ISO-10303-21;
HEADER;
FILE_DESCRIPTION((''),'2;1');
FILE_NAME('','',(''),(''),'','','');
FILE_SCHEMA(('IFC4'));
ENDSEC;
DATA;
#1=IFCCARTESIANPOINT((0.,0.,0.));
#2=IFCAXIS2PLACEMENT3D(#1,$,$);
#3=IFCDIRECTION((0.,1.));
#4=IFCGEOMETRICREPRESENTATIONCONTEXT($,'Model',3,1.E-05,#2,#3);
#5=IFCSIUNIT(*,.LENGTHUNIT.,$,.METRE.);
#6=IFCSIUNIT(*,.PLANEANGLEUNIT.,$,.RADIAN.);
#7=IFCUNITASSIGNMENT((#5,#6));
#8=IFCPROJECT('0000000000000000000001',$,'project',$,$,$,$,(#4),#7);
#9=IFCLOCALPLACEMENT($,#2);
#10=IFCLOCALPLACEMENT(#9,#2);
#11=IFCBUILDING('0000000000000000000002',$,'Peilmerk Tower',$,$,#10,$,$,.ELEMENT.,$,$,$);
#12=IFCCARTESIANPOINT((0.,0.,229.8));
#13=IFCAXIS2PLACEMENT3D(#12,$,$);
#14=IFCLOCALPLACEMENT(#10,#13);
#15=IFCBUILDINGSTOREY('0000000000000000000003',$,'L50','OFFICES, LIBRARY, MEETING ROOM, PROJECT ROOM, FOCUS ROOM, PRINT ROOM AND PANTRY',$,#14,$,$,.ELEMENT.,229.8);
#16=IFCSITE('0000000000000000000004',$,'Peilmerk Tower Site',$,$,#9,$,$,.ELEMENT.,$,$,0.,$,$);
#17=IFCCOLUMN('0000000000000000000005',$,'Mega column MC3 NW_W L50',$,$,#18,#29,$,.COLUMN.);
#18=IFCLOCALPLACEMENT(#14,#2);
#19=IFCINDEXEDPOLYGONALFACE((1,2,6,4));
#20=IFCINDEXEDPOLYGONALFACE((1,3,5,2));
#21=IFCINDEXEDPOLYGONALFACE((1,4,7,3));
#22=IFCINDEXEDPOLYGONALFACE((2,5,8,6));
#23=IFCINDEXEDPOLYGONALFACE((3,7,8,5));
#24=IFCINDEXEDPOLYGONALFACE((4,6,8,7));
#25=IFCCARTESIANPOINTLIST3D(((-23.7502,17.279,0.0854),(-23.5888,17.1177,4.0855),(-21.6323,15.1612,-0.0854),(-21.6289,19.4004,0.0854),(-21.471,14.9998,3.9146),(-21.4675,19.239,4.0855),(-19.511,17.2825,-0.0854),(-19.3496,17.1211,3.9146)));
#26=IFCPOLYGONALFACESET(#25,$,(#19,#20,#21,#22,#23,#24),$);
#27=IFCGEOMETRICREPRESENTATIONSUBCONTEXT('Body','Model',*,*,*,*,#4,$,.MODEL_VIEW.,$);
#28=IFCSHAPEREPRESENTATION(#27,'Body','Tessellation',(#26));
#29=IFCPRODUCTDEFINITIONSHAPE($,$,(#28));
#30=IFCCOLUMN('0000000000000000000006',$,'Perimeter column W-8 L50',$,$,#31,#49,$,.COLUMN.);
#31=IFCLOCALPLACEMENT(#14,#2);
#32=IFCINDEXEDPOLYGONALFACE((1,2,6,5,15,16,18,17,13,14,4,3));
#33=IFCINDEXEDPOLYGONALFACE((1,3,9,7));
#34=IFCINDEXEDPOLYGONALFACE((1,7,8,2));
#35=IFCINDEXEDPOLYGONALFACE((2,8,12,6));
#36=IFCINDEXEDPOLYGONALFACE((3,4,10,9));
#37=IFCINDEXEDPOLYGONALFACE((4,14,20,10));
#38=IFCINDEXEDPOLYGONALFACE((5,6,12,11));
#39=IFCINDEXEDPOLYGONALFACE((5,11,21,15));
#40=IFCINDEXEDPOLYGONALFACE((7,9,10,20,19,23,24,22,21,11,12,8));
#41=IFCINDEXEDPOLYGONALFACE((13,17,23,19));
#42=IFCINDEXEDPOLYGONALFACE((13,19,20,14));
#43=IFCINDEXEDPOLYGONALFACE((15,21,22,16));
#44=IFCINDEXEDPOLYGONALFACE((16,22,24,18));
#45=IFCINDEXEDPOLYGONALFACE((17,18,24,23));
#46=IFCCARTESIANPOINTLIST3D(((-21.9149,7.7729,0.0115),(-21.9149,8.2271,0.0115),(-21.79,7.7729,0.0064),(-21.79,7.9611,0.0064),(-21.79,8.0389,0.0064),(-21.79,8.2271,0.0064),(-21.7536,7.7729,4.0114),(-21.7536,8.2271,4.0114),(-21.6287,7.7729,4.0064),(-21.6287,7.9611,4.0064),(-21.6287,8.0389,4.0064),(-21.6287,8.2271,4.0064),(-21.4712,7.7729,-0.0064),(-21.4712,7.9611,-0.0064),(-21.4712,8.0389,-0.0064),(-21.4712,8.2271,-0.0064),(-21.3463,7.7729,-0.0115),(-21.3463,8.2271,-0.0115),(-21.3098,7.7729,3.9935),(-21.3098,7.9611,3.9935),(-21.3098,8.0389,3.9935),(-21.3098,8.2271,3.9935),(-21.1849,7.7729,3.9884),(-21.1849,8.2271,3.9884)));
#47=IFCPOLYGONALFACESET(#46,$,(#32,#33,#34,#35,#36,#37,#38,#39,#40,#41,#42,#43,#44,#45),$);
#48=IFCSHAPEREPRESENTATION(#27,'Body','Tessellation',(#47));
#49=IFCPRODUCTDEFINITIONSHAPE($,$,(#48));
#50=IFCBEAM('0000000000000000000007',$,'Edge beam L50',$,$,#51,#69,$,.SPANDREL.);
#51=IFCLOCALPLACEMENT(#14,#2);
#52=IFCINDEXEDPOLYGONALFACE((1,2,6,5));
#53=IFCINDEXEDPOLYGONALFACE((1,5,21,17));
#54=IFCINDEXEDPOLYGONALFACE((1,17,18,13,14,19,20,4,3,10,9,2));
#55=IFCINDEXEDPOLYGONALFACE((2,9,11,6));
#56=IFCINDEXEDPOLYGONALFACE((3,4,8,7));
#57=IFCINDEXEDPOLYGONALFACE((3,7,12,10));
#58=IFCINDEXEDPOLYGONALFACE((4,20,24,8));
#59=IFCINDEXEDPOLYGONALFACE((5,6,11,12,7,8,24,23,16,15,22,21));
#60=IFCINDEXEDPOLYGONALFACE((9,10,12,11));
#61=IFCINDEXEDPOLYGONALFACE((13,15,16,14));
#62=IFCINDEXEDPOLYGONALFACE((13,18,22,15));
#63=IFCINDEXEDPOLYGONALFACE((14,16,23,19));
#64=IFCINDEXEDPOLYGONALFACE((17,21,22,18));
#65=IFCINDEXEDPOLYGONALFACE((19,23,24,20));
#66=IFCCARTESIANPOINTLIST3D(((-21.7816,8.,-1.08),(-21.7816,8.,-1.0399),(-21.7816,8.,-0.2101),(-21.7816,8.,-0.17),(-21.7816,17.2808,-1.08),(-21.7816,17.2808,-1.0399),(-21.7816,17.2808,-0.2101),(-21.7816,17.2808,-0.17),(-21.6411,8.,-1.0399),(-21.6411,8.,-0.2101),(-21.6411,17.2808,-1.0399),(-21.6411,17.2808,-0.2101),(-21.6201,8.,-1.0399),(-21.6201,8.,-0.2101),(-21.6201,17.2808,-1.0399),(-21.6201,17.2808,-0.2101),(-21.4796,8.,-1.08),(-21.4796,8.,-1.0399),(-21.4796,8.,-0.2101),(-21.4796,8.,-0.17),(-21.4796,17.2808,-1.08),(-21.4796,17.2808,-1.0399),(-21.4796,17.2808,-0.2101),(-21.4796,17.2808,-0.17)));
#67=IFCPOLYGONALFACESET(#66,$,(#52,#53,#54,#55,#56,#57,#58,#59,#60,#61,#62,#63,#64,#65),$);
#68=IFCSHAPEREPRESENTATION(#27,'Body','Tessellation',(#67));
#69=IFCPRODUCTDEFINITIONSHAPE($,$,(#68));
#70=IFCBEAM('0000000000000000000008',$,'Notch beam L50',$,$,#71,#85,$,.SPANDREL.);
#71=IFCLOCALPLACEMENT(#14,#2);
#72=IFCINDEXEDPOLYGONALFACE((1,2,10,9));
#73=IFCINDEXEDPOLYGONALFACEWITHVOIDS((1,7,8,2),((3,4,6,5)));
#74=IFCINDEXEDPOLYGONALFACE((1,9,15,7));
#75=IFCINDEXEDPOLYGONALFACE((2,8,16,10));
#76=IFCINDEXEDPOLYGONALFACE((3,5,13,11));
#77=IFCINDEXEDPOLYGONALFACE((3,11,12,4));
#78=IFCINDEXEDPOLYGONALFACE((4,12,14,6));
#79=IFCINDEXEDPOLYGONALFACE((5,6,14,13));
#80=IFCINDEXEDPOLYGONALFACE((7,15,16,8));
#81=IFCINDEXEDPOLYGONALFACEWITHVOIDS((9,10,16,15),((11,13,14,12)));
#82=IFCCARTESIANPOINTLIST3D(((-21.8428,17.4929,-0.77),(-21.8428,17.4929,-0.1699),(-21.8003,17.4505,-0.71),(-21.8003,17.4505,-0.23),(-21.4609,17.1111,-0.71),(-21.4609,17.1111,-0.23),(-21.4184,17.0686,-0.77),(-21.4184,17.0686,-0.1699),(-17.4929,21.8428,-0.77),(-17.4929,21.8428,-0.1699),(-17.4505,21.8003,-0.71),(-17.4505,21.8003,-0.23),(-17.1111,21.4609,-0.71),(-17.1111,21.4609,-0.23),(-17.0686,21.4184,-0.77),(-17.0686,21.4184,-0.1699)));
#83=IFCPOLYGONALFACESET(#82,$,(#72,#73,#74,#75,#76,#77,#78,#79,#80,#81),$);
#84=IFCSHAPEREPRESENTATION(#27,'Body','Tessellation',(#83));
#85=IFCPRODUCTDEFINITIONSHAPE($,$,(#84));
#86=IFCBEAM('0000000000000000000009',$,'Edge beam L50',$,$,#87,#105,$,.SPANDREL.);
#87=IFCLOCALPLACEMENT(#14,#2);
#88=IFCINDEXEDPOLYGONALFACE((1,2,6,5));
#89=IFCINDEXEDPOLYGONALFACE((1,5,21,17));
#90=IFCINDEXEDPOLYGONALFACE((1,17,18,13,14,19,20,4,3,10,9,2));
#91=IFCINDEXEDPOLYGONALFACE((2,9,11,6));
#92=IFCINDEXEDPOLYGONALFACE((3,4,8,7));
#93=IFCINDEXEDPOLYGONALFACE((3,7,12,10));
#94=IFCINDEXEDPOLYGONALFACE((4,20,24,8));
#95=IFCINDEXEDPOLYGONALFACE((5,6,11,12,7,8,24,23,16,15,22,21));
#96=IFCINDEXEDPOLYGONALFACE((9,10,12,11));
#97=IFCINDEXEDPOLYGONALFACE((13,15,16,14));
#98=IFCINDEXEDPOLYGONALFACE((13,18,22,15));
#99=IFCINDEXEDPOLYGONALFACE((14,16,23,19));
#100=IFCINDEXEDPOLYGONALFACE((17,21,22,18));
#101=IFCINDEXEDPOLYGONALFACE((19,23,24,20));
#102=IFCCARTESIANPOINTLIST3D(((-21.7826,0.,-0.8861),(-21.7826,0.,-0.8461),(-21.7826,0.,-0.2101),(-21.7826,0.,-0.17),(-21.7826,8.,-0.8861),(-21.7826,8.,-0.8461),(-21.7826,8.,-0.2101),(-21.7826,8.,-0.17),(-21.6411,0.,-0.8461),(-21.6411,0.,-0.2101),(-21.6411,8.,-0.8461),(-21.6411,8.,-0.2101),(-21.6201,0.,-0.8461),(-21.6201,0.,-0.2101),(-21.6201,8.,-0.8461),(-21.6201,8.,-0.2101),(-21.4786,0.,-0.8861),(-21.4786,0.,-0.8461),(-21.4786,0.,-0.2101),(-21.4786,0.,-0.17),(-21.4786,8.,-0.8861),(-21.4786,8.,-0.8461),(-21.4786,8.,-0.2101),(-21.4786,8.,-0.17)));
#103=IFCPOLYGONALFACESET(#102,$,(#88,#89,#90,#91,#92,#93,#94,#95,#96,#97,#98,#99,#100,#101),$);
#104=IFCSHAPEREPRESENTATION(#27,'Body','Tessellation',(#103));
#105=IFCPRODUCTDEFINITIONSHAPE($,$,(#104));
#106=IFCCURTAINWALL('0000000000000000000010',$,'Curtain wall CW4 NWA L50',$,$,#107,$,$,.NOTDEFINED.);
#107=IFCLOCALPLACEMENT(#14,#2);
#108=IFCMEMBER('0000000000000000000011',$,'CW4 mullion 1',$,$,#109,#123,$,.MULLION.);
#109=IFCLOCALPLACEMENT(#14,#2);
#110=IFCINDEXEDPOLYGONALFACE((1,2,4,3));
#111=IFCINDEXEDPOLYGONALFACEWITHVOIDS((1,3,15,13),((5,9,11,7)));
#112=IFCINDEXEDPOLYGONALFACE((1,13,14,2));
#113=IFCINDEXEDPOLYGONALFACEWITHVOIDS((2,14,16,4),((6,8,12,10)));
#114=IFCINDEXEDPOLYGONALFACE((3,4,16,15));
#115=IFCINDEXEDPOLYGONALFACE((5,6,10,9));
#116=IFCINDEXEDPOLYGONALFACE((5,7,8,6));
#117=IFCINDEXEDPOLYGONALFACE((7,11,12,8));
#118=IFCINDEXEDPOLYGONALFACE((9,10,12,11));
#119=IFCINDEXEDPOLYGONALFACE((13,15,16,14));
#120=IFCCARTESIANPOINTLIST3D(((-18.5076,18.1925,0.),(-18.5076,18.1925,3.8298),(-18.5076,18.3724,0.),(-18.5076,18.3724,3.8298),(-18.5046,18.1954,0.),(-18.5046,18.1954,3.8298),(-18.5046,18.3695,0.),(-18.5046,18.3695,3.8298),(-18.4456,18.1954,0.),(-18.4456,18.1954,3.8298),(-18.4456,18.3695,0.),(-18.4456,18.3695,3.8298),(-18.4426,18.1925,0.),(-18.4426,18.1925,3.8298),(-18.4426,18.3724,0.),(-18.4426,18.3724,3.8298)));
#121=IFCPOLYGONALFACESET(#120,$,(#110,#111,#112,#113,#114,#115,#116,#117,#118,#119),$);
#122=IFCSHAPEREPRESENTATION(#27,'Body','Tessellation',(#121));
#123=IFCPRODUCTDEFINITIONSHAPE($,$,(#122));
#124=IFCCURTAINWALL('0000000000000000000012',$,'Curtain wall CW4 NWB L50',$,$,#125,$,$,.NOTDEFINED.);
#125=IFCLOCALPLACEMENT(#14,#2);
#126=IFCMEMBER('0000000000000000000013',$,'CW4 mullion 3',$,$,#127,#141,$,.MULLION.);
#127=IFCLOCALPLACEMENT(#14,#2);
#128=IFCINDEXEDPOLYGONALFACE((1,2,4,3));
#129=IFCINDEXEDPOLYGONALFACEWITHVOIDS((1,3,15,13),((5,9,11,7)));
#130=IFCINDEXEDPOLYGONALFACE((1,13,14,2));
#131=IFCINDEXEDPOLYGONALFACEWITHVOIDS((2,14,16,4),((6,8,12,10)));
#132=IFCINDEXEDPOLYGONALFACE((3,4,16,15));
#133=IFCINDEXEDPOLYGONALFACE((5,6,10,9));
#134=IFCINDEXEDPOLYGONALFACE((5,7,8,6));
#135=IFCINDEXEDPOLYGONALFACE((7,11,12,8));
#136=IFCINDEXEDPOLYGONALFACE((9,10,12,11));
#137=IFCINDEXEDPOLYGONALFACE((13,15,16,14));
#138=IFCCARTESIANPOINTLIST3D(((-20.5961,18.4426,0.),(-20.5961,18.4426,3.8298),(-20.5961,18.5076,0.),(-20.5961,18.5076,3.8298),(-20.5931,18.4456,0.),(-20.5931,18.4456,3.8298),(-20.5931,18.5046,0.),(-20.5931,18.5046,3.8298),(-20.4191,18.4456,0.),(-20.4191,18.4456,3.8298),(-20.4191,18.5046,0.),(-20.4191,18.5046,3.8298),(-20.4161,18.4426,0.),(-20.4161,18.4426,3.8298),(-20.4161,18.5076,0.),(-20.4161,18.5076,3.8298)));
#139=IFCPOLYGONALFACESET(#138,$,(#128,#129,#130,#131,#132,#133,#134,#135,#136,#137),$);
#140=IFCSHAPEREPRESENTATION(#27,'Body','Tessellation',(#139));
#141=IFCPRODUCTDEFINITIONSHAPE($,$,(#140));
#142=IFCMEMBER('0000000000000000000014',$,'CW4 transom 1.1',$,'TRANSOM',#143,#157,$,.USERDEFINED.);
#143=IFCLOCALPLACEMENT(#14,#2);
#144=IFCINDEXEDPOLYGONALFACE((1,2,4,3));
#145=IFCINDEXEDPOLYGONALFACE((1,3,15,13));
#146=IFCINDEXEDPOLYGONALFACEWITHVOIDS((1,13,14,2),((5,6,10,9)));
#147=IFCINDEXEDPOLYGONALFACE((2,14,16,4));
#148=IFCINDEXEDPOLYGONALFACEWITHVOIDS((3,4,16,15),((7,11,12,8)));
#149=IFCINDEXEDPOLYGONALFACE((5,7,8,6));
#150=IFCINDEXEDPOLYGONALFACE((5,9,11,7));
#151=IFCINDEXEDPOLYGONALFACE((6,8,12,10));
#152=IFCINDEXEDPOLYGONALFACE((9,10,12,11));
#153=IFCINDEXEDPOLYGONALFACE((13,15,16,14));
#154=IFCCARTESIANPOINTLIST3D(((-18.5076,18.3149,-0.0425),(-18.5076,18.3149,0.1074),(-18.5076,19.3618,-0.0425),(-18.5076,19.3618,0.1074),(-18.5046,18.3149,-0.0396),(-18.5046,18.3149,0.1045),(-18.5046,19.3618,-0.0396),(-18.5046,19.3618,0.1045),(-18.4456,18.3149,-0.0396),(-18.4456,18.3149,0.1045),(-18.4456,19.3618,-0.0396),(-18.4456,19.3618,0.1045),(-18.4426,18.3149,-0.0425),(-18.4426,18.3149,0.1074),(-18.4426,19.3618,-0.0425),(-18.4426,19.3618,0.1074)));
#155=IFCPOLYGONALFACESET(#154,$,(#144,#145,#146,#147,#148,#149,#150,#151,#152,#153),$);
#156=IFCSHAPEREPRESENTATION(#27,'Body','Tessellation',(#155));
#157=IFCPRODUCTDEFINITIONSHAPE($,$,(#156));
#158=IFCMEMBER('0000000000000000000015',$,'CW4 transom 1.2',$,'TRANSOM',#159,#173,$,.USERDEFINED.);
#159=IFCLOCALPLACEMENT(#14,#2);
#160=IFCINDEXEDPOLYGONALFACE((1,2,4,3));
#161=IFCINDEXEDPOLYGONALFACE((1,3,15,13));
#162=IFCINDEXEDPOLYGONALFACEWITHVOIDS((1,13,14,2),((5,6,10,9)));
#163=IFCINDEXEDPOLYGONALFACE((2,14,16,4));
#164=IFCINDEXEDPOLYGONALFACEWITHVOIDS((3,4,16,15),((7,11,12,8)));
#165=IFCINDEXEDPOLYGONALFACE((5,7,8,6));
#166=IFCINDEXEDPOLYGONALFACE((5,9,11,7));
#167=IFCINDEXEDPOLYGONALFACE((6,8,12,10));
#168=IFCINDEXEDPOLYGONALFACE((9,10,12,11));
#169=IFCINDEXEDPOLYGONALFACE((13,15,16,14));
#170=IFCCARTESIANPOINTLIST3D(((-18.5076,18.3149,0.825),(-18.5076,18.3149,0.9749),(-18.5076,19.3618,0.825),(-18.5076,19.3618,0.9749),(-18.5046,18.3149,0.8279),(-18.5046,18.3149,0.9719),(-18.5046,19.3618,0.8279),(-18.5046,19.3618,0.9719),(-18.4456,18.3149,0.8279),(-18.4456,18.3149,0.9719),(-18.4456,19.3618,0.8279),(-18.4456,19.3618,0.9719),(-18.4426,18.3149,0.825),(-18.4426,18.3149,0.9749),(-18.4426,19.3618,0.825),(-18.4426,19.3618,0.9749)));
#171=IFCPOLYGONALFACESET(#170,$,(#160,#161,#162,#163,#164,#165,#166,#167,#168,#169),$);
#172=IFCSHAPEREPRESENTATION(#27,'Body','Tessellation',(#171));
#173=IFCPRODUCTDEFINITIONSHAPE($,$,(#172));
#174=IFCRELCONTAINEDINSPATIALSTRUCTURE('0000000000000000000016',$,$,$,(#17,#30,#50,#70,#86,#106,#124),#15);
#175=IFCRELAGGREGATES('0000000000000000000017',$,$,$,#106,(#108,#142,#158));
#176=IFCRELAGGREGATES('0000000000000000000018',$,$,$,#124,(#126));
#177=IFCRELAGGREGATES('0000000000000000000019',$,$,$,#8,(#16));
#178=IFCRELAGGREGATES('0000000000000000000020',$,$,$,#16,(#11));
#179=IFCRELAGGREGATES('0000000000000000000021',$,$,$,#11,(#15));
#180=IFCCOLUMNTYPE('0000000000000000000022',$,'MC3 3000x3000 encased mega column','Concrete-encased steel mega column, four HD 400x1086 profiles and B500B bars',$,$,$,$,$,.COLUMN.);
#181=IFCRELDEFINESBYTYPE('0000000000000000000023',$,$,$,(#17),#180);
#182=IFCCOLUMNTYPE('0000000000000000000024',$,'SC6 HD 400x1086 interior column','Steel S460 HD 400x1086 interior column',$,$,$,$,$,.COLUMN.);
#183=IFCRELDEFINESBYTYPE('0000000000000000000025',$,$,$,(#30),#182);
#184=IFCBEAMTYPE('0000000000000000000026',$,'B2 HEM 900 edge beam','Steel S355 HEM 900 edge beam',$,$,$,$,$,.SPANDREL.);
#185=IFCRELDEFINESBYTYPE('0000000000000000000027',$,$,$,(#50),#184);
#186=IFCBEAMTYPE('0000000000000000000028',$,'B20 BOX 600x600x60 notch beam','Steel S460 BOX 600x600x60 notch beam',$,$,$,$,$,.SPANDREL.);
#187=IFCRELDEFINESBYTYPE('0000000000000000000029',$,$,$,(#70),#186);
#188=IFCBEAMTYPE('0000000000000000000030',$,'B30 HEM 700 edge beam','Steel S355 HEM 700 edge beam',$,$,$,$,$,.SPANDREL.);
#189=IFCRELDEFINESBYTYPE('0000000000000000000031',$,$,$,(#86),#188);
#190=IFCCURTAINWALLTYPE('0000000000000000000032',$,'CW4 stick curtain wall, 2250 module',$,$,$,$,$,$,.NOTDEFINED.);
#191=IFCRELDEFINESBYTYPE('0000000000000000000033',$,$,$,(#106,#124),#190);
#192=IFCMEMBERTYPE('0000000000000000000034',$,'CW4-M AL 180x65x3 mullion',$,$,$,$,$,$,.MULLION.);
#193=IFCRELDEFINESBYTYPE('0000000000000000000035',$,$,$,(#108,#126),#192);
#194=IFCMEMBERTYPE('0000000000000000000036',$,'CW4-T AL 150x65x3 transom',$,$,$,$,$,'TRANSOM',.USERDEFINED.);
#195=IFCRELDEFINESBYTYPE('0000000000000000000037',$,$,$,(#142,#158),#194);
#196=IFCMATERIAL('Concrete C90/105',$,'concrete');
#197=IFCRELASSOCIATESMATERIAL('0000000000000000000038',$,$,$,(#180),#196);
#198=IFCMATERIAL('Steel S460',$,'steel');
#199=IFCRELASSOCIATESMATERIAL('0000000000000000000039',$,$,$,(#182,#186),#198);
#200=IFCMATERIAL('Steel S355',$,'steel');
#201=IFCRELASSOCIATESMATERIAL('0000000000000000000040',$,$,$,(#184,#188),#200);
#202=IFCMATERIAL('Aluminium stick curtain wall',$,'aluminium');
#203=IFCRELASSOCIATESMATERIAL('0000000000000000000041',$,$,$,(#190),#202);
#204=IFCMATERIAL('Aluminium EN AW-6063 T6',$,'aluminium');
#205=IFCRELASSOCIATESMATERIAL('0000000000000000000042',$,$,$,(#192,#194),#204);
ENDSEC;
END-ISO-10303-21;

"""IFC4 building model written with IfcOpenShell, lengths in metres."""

from ifc_helpers import new_model, si_unit, direction, frame, origin, origin_2d, place, context, subcontext, project, spatial, rectangle, hollow_rectangle, i_section, extrude, material, material_profile, profile_set, type_object, element, aggregate, save


model = new_model("IFC4")

# Units and contexts
model_context = context("Model", 3, precision=1e-05, world=origin(), true_north=direction((0.0, 1.0)))
body_context = subcontext(model_context, "Body", "Model", "MODEL_VIEW")
ifc_project = project(units=[si_unit("LENGTHUNIT", "METRE"), si_unit("PLANEANGLEUNIT", "RADIAN")], contexts=[model_context])

# Site, building, storey
site_placement = place(None, origin())
site = spatial("IfcSite", under=ifc_project, at=site_placement, Name="Peilmerk Tower Site", CompositionType="ELEMENT", RefElevation=0.0)
building_placement = place(site_placement, origin())
building = spatial("IfcBuilding", under=site, at=building_placement, Name="Peilmerk Tower", CompositionType="ELEMENT")
storey_placement = place(building_placement, frame((0.0, 0.0, 229.8)))
storey = spatial("IfcBuildingStorey", under=building, at=storey_placement, Name="L50", Description="OFFICES, LIBRARY, MEETING ROOM, PROJECT ROOM, FOCUS ROOM, PRINT ROOM AND PANTRY", CompositionType="ELEMENT", Elevation=229.8)

# Columns
ifc_material_1 = material(Name="Concrete C90/105", Category="concrete")
ifc_material_profile_1 = material_profile(ifc_material_1, rectangle(XDim=3.0, YDim=3.0, at=origin_2d()), Name="RC 3000x3000")
ifc_profile_set_1 = profile_set([ifc_material_profile_1], Name="Concrete C90/105")
column_type_1 = type_object("IfcColumnType", Name="MC3 3000x3000 encased mega column", Description="Concrete-encased steel mega column, four HD 400x1086 profiles and B500B bars", PredefinedType="COLUMN", material=ifc_profile_set_1)
column_1_placement = place(storey_placement, frame((-21.6306, 17.2808, 0.0), z_axis=(0.040279, -0.040279, 0.998376), x_axis=(0.707107, 0.707107, 0.0)))
element("IfcColumn", 1, at=column_1_placement, inside=storey, type_object=column_type_1, Name="Mega column MC3 NW_W L50", PredefinedType="COLUMN", context=body_context, shape_type="SweptSolid", body=[
    extrude(rectangle(XDim=3.0, YDim=3.0, at=origin_2d()), origin(), (0.0, 0.0, 1.0), 4.0066),
])
ifc_material_2 = material(Name="Steel S460", Category="steel")
ifc_material_profile_2 = material_profile(ifc_material_2, i_section(OverallWidth=0.4541, OverallDepth=0.5691, WebThickness=0.0779, FlangeThickness=0.125, at=origin_2d()), Name="HD 400x1086")
ifc_profile_set_2 = profile_set([ifc_material_profile_2], Name="Steel S460")
column_type_2 = type_object("IfcColumnType", Name="SC6 HD 400x1086 interior column", Description="Steel S460 HD 400x1086 interior column", PredefinedType="COLUMN", material=ifc_profile_set_2)
column_2_placement = place(storey_placement, frame((-21.6306, 8.0, 0.0), z_axis=(0.040311, 0.0, 0.999187), x_axis=(0.0, 1.0, 0.0)))
element("IfcColumn", 2, at=column_2_placement, inside=storey, type_object=column_type_2, Name="Perimeter column W-8 L50", PredefinedType="COLUMN", context=body_context, shape_type="SweptSolid", body=[
    extrude(i_section(OverallWidth=0.4541, OverallDepth=0.5691, WebThickness=0.0779, FlangeThickness=0.125, at=origin_2d()), origin(), (0.0, 0.0, 1.0), 4.0032),
])

# Beams
ifc_material_3 = material(Name="Steel S355", Category="steel")
ifc_material_profile_3 = material_profile(ifc_material_3, i_section(OverallWidth=0.302, OverallDepth=0.9099, WebThickness=0.021, FlangeThickness=0.04, at=origin_2d()), Name="HEM 900")
ifc_profile_set_3 = profile_set([ifc_material_profile_3], Name="Steel S355")
beam_type_1 = type_object("IfcBeamType", Name="B2 HEM 900 edge beam", Description="Steel S355 HEM 900 edge beam", PredefinedType="SPANDREL", material=ifc_profile_set_3)
beam_1_placement = place(storey_placement, frame((-21.6306, 17.2808, -0.625), z_axis=(0.0, -1.0, 0.0), x_axis=(1.0, 0.0, 0.0)))
element("IfcBeam", 3, at=beam_1_placement, inside=storey, type_object=beam_type_1, Name="Edge beam L50", PredefinedType="SPANDREL", context=body_context, shape_type="SweptSolid", body=[
    extrude(i_section(OverallWidth=0.302, OverallDepth=0.9099, WebThickness=0.021, FlangeThickness=0.04, at=origin_2d()), origin(), (0.0, 0.0, 1.0), 9.2808),
])
ifc_material_profile_4 = material_profile(ifc_material_2, hollow_rectangle(XDim=0.6001, YDim=0.6001, WallThickness=0.0601, at=origin_2d()), Name="BOX 600x600x60")
ifc_profile_set_4 = profile_set([ifc_material_profile_4], Name="Steel S460")
beam_type_2 = type_object("IfcBeamType", Name="B20 BOX 600x600x60 notch beam", Description="Steel S460 BOX 600x600x60 notch beam", PredefinedType="SPANDREL", material=ifc_profile_set_4)
beam_2_placement = place(storey_placement, frame((-21.6306, 17.2808, -0.47), z_axis=(0.707107, 0.707107, 0.0), x_axis=(-0.707107, 0.707107, 0.0)))
element("IfcBeam", 4, at=beam_2_placement, inside=storey, type_object=beam_type_2, Name="Notch beam L50", PredefinedType="SPANDREL", context=body_context, shape_type="SweptSolid", body=[
    extrude(hollow_rectangle(XDim=0.6001, YDim=0.6001, WallThickness=0.0601, at=origin_2d()), origin(), (0.0, 0.0, 1.0), 6.1516),
])
ifc_material_profile_5 = material_profile(ifc_material_3, i_section(OverallWidth=0.304, OverallDepth=0.7161, WebThickness=0.021, FlangeThickness=0.04, at=origin_2d()), Name="HEM 700")
ifc_profile_set_5 = profile_set([ifc_material_profile_5], Name="Steel S355")
beam_type_3 = type_object("IfcBeamType", Name="B30 HEM 700 edge beam", Description="Steel S355 HEM 700 edge beam", PredefinedType="SPANDREL", material=ifc_profile_set_5)
beam_3_placement = place(storey_placement, frame((-21.6306, 8.0, -0.5281), z_axis=(0.0, -1.0, 0.0), x_axis=(1.0, 0.0, 0.0)))
element("IfcBeam", 5, at=beam_3_placement, inside=storey, type_object=beam_type_3, Name="Edge beam L50", PredefinedType="SPANDREL", context=body_context, shape_type="SweptSolid", body=[
    extrude(i_section(OverallWidth=0.304, OverallDepth=0.7161, WebThickness=0.021, FlangeThickness=0.04, at=origin_2d()), origin(), (0.0, 0.0, 1.0), 8.0),
])

# Curtain walls, members
ifc_material_4 = material(Name="Aluminium stick curtain wall", Category="aluminium")
curtain_wall_type = type_object("IfcCurtainWallType", Name="CW4 stick curtain wall, 2250 module", PredefinedType="NOTDEFINED", material=ifc_material_4)
curtain_wall_1_placement = place(storey_placement, origin())
curtain_wall_1 = element("IfcCurtainWall", 6, at=curtain_wall_1_placement, inside=storey, type_object=curtain_wall_type, Name="Curtain wall CW4 NWA L50", PredefinedType="NOTDEFINED")
ifc_material_5 = material(Name="Aluminium EN AW-6063 T6", Category="aluminium")
ifc_material_profile_6 = material_profile(ifc_material_5, hollow_rectangle(XDim=0.0649, YDim=0.1799, WallThickness=0.0029, at=origin_2d()), Name="AL 180x65x3")
ifc_profile_set_6 = profile_set([ifc_material_profile_6], Name="Aluminium EN AW-6063 T6")
member_type_1 = type_object("IfcMemberType", Name="CW4-M AL 180x65x3 mullion", PredefinedType="MULLION", material=ifc_profile_set_6)
member_1_placement = place(storey_placement, frame((-18.4751, 18.2825, 0.0), z_axis=(0.0, 0.0, 1.0), x_axis=(-1.0, 0.0, 0.0)))
member_1 = element("IfcMember", 7, at=member_1_placement, type_object=member_type_1, Name="CW4 mullion 1", PredefinedType="MULLION", context=body_context, shape_type="SweptSolid", body=[
    extrude(hollow_rectangle(XDim=0.0649, YDim=0.1799, WallThickness=0.0029, at=origin_2d()), origin(), (0.0, 0.0, 1.0), 3.8298),
])
curtain_wall_2_placement = place(storey_placement, origin())
curtain_wall_2 = element("IfcCurtainWall", 8, at=curtain_wall_2_placement, inside=storey, type_object=curtain_wall_type, Name="Curtain wall CW4 NWB L50", PredefinedType="NOTDEFINED")
member_2_placement = place(storey_placement, frame((-20.5061, 18.4751, 0.0), z_axis=(0.0, 0.0, 1.0), x_axis=(0.0, -1.0, 0.0)))
member_2 = element("IfcMember", 9, at=member_2_placement, type_object=member_type_1, Name="CW4 mullion 3", PredefinedType="MULLION", context=body_context, shape_type="SweptSolid", body=[
    extrude(hollow_rectangle(XDim=0.0649, YDim=0.1799, WallThickness=0.0029, at=origin_2d()), origin(), (0.0, 0.0, 1.0), 3.8298),
])

# Members
ifc_material_profile_7 = material_profile(ifc_material_5, hollow_rectangle(XDim=0.0649, YDim=0.1499, WallThickness=0.0029, at=origin_2d()), Name="AL 150x65x3")
ifc_profile_set_7 = profile_set([ifc_material_profile_7], Name="Aluminium EN AW-6063 T6")
member_type_2 = type_object("IfcMemberType", Name="CW4-T AL 150x65x3 transom", ElementType="TRANSOM", PredefinedType="USERDEFINED", material=ifc_profile_set_7)
member_3_placement = place(storey_placement, frame((-18.4751, 18.3149, 0.0325), z_axis=(0.0, 1.0, 0.0), x_axis=(-1.0, 0.0, 0.0)))
member_3 = element("IfcMember", 10, at=member_3_placement, type_object=member_type_2, Name="CW4 transom 1.1", ObjectType="TRANSOM", PredefinedType="USERDEFINED", context=body_context, shape_type="SweptSolid", body=[
    extrude(hollow_rectangle(XDim=0.0649, YDim=0.1499, WallThickness=0.0029, at=origin_2d()), origin(), (0.0, 0.0, 1.0), 1.0469),
])
member_4_placement = place(storey_placement, frame((-18.4751, 18.3149, 0.8999), z_axis=(0.0, 1.0, 0.0), x_axis=(-1.0, 0.0, 0.0)))
member_4 = element("IfcMember", 11, at=member_4_placement, type_object=member_type_2, Name="CW4 transom 1.2", ObjectType="TRANSOM", PredefinedType="USERDEFINED", context=body_context, shape_type="SweptSolid", body=[
    extrude(hollow_rectangle(XDim=0.0649, YDim=0.1499, WallThickness=0.0029, at=origin_2d()), origin(), (0.0, 0.0, 1.0), 1.0469),
])
aggregate(curtain_wall_1, [member_1, member_3, member_4])

aggregate(curtain_wall_2, [member_2])

save(model, "model.ifc")
